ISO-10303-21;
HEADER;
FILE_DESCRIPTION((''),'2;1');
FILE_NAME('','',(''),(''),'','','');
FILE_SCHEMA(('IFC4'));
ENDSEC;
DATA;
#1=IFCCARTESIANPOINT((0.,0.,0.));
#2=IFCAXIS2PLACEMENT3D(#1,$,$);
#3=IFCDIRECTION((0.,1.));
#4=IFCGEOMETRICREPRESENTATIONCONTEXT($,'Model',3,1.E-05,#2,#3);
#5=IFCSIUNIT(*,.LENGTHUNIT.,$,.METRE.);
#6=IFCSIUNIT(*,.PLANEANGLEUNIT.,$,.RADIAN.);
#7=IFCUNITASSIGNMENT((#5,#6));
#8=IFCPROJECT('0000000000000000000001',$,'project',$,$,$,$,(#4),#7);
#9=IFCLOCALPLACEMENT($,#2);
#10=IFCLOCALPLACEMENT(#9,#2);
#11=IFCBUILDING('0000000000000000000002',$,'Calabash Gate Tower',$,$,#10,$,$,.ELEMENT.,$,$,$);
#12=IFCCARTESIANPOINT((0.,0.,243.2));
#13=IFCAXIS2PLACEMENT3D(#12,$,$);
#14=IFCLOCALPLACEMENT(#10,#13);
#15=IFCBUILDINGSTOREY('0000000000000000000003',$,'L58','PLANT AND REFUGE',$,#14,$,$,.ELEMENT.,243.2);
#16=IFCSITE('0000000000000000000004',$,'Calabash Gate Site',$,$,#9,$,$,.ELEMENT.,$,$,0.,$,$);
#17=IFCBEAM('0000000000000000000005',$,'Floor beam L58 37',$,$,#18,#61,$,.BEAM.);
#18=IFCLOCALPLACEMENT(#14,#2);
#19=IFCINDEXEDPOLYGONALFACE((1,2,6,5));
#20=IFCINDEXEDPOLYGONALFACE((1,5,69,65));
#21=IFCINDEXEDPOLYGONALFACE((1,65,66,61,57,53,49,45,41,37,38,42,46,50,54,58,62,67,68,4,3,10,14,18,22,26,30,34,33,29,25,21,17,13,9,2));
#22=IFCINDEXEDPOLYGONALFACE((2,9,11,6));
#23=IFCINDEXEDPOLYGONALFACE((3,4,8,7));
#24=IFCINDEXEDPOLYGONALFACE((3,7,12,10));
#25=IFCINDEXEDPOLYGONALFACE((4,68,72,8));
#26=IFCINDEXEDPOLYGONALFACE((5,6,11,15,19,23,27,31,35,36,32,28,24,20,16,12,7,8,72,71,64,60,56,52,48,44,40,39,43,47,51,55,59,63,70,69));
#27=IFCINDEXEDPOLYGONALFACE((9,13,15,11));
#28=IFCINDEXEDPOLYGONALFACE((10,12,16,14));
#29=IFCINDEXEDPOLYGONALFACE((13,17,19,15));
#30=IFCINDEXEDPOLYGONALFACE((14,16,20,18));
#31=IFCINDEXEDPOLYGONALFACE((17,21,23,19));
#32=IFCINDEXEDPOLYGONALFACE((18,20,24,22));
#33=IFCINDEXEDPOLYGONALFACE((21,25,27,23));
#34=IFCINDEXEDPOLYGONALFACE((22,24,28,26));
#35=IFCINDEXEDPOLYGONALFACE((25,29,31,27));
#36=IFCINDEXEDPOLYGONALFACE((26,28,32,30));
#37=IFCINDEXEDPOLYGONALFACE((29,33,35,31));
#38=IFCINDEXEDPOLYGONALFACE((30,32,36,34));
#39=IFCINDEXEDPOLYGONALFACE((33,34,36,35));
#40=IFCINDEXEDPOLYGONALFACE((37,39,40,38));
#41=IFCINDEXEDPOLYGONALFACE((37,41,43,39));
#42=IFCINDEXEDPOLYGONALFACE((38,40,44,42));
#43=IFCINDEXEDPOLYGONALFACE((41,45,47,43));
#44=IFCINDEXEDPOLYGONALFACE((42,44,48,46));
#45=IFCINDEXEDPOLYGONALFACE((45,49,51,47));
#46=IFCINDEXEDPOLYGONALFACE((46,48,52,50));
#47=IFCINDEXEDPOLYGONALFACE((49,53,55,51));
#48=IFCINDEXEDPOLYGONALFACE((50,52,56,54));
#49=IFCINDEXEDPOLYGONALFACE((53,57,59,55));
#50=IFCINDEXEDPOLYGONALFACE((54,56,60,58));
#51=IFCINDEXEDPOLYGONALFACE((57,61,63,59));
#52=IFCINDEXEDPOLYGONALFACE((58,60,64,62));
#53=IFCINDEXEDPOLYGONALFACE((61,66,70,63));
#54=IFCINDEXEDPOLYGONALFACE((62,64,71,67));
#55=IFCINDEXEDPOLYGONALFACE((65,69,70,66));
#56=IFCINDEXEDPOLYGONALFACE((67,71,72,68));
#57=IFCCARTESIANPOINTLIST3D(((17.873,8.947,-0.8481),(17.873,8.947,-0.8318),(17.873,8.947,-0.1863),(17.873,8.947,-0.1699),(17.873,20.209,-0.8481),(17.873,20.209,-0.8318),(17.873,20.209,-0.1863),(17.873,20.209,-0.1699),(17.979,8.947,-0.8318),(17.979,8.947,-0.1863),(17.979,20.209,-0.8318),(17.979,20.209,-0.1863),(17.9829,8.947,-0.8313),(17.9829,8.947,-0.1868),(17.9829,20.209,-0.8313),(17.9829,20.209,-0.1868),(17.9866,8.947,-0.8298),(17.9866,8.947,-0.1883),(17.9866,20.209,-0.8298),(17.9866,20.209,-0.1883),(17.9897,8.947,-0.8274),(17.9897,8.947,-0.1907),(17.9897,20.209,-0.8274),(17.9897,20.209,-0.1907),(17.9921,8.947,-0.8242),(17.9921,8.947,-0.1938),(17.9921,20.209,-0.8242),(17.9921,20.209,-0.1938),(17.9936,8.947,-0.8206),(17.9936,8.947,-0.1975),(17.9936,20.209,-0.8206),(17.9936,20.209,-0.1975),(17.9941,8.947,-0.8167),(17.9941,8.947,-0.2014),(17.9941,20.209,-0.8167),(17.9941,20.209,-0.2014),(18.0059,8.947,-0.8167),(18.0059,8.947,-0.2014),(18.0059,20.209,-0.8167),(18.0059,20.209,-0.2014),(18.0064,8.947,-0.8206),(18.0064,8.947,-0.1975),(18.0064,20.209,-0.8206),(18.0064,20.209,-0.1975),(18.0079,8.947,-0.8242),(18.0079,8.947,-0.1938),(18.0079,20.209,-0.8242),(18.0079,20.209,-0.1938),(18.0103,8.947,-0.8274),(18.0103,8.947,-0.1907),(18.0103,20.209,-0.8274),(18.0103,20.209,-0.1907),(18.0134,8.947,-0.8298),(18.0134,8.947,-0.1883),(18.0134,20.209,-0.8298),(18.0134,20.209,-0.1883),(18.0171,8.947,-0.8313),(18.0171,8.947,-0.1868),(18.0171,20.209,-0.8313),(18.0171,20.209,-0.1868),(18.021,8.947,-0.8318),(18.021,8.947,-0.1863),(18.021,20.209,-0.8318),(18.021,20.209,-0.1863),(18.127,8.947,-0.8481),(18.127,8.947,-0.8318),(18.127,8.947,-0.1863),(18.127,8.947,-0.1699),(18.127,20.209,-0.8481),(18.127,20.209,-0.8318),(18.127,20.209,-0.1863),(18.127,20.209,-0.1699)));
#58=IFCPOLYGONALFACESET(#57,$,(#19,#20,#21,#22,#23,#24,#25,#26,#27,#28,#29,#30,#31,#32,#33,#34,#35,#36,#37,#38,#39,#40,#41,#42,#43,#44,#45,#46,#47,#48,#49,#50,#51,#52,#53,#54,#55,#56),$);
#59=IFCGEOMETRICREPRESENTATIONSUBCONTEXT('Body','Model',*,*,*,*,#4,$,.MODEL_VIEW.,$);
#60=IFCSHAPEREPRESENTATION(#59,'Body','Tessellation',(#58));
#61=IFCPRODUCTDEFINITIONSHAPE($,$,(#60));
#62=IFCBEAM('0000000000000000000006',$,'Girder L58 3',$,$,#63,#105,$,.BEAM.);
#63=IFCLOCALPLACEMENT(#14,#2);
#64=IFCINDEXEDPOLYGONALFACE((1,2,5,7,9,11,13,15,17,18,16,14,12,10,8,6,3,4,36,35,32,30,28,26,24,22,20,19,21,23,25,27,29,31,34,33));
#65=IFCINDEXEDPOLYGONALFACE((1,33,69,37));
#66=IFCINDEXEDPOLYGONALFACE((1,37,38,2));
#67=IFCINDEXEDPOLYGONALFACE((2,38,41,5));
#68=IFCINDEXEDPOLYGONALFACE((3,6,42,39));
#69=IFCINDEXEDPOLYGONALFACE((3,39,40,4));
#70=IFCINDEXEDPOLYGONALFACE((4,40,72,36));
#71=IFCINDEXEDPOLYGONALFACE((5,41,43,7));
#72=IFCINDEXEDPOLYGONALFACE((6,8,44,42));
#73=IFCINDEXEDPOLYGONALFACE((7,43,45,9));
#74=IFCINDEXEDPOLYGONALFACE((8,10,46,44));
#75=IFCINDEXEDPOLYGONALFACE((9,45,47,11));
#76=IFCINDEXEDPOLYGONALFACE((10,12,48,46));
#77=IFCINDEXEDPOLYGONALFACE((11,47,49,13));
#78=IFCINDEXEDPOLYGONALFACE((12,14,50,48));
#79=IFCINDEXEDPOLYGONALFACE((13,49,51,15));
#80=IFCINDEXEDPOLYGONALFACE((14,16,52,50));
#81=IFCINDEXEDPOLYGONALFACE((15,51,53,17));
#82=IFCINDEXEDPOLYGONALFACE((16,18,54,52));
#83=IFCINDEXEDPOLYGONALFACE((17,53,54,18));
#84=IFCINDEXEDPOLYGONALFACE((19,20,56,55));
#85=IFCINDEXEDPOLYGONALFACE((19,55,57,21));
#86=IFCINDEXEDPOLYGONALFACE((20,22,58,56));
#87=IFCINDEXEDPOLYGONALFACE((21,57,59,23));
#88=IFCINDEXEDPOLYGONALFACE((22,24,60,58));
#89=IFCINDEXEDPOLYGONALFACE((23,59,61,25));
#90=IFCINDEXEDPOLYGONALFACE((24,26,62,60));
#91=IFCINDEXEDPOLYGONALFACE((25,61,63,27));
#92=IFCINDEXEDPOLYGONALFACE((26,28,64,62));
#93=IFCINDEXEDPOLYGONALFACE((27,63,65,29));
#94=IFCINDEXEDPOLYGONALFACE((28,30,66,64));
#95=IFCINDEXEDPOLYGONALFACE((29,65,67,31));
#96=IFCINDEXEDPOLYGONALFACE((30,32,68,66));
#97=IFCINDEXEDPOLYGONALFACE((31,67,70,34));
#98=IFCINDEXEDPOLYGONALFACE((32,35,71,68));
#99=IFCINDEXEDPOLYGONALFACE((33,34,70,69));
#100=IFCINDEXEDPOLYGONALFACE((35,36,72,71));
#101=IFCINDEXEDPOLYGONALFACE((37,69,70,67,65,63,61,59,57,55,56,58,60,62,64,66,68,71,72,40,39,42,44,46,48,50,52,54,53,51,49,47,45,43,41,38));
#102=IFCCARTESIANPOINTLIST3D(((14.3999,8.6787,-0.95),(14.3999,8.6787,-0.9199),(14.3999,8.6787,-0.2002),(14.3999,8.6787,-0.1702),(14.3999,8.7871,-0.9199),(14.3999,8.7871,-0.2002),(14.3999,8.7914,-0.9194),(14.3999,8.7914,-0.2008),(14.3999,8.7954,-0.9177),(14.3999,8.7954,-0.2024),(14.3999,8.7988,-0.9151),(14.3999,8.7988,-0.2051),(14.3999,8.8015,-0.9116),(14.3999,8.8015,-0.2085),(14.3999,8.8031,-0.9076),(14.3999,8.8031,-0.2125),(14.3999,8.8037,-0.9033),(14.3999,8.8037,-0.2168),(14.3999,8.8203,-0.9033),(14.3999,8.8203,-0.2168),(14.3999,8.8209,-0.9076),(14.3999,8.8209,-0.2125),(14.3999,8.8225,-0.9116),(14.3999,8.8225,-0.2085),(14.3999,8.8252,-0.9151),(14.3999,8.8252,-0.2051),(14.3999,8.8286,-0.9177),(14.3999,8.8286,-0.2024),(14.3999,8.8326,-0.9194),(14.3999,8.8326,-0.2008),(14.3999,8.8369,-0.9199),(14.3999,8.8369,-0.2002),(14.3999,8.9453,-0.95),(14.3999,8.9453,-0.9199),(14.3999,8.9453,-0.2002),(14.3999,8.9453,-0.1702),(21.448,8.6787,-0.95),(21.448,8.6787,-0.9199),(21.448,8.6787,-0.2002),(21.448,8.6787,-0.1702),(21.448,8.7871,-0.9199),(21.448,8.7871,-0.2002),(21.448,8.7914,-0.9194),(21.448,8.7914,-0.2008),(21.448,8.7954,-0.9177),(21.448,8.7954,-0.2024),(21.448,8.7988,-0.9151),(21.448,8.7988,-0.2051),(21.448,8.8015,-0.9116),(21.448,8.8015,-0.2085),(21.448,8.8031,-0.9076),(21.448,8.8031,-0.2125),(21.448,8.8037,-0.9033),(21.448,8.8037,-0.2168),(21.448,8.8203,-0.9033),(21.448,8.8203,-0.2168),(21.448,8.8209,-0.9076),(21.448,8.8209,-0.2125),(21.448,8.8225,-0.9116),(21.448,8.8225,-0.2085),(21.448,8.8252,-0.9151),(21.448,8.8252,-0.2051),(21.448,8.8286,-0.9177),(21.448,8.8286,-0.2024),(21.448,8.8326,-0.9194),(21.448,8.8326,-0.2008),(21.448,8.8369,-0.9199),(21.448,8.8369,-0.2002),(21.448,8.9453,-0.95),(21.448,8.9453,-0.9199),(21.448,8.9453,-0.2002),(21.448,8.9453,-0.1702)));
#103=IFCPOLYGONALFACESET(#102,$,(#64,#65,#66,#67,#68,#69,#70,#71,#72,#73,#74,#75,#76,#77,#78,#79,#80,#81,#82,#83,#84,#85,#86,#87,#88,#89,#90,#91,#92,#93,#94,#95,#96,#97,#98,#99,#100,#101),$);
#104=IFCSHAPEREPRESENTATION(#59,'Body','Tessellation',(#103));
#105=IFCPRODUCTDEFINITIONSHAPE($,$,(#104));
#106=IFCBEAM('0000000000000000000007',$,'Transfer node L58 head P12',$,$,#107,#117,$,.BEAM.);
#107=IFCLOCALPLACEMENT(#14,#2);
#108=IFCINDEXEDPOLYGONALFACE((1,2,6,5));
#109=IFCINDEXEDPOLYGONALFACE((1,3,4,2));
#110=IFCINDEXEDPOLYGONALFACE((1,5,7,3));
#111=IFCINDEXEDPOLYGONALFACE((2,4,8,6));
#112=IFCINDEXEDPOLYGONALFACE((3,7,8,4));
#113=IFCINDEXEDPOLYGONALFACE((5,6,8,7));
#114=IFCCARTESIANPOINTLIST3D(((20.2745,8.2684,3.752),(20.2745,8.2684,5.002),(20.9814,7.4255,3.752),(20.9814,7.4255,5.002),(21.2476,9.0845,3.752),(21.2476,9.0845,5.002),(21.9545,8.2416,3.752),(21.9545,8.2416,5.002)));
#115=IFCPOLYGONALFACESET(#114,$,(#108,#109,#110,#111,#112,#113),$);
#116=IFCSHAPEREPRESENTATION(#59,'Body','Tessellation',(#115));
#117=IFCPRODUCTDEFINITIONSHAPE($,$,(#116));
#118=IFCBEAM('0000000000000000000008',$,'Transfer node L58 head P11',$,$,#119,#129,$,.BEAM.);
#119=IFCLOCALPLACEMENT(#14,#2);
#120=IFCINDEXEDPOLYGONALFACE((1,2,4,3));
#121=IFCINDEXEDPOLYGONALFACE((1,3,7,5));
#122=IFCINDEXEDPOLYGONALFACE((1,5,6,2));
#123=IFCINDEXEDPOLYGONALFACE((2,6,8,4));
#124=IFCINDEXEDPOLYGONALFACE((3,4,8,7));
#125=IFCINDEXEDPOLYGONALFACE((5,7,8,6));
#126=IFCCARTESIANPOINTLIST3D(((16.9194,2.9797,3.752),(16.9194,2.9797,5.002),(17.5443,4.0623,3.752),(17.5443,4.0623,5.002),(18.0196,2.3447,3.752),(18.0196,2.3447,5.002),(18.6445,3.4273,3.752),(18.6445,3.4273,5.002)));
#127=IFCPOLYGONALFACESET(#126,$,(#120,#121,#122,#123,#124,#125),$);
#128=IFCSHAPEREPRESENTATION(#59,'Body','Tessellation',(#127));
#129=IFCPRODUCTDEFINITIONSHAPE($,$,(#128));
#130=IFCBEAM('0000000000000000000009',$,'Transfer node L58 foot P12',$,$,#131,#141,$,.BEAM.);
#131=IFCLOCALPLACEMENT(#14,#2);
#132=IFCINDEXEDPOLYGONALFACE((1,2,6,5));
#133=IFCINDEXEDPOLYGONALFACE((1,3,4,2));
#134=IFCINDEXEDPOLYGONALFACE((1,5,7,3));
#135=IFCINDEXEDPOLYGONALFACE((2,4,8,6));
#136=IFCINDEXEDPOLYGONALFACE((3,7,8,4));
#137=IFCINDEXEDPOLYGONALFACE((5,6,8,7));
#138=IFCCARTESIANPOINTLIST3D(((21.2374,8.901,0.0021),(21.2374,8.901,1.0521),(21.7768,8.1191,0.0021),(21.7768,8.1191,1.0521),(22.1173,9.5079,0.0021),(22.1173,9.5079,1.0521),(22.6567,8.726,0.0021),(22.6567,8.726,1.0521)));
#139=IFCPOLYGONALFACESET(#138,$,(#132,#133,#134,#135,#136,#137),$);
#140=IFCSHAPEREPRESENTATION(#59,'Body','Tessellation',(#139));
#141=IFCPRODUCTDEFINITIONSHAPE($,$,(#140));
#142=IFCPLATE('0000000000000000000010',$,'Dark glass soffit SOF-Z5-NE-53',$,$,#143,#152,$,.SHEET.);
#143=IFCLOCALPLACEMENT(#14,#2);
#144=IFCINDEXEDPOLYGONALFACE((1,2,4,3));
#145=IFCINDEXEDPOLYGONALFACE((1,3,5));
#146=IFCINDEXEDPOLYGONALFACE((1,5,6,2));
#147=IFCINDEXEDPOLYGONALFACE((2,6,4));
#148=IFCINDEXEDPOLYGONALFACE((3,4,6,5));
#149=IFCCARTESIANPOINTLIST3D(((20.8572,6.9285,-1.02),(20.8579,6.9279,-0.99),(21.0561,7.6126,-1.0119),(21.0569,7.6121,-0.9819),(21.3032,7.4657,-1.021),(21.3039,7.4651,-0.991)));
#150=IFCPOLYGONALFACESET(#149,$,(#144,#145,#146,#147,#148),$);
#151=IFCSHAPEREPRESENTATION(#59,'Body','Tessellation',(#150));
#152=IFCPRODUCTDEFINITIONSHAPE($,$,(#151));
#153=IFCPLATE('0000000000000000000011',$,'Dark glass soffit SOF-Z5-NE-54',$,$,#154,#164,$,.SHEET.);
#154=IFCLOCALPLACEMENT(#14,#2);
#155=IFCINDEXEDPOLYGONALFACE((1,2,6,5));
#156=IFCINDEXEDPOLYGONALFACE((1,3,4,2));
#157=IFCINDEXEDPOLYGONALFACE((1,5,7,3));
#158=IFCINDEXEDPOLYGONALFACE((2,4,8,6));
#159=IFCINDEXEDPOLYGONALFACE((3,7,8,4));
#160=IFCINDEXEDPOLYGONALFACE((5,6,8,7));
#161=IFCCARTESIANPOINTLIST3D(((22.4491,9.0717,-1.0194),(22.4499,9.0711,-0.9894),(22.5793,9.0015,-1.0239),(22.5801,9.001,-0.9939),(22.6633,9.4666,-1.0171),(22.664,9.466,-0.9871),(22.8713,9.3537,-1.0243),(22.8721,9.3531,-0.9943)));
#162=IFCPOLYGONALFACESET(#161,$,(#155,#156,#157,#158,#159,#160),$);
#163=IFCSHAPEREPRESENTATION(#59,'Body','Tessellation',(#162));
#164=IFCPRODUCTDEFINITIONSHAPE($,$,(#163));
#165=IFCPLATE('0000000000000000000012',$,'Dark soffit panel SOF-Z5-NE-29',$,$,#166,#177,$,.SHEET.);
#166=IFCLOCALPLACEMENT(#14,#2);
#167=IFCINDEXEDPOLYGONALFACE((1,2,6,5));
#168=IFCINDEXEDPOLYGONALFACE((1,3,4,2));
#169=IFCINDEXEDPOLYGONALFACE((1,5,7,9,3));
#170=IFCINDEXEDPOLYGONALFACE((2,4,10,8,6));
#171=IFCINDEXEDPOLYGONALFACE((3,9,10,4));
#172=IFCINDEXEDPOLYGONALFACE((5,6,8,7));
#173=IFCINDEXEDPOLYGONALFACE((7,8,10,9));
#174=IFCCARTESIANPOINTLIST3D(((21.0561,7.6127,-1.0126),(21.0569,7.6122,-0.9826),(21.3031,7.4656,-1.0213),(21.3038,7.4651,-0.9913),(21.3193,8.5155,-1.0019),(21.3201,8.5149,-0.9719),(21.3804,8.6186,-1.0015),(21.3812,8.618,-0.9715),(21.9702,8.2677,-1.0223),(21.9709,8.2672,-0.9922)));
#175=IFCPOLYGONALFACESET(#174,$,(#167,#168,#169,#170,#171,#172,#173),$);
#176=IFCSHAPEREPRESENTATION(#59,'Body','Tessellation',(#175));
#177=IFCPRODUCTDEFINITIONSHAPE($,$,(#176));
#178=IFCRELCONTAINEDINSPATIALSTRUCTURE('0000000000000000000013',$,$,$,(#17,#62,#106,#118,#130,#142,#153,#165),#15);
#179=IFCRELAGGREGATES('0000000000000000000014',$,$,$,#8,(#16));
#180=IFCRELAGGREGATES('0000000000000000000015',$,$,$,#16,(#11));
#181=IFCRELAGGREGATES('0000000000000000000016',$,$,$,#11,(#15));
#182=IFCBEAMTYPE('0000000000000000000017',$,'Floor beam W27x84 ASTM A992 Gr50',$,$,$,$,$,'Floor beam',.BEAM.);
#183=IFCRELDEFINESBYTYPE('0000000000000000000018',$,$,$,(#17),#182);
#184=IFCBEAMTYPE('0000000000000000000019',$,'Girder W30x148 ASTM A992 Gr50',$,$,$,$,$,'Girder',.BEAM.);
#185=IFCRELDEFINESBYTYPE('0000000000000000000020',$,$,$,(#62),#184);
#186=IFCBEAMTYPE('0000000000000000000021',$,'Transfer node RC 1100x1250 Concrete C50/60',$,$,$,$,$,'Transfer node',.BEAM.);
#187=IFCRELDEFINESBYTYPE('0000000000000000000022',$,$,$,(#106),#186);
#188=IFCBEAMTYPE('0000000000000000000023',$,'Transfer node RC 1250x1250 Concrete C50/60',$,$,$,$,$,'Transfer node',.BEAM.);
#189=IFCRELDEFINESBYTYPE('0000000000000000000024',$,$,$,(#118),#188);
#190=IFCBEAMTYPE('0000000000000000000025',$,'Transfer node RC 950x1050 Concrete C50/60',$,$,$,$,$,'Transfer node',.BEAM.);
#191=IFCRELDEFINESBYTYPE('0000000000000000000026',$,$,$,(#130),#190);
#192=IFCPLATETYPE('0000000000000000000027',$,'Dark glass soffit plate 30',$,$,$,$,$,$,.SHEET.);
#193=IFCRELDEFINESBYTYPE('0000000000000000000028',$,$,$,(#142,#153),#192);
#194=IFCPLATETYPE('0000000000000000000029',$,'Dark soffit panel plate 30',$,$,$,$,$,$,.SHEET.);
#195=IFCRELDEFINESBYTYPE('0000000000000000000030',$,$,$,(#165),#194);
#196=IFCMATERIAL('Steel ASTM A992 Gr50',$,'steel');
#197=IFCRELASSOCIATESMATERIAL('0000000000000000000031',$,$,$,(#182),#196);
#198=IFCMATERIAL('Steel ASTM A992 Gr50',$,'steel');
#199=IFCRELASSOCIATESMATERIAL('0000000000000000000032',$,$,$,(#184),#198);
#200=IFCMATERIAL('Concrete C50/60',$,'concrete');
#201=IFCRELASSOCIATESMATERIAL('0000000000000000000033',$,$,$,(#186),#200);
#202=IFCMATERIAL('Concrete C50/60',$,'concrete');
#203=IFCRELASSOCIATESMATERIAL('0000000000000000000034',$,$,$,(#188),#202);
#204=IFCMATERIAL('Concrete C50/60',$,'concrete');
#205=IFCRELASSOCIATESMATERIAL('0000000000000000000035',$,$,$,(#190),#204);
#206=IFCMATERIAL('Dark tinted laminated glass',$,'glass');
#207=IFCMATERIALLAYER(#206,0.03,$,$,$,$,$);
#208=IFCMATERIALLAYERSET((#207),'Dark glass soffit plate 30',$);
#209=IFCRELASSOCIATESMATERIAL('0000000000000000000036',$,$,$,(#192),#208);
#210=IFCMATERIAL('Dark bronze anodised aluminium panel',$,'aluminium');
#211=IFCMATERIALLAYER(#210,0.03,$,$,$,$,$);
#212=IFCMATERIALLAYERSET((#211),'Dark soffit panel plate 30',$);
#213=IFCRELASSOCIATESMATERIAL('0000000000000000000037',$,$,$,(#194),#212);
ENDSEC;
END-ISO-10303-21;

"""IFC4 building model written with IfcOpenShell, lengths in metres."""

from ifc_helpers import new_model, si_unit, direction, frame, origin, origin_2d, place, context, subcontext, project, spatial, polyline, rectangle, i_section, outline, extrude, material, layer, layer_set, material_profile, profile_set, type_object, element, save


model = new_model("IFC4")

# Units and contexts
model_context = context("Model", 3, precision=1e-05, world=origin(), true_north=direction((0.0, 1.0)))
body_context = subcontext(model_context, "Body", "Model", "MODEL_VIEW")
ifc_project = project(units=[si_unit("LENGTHUNIT", "METRE"), si_unit("PLANEANGLEUNIT", "RADIAN")], contexts=[model_context])

# Site, building, storey
site_placement = place(None, origin())
site = spatial("IfcSite", under=ifc_project, at=site_placement, Name="Calabash Gate Site", CompositionType="ELEMENT", RefElevation=0.0)
building_placement = place(site_placement, origin())
building = spatial("IfcBuilding", under=site, at=building_placement, Name="Calabash Gate Tower", CompositionType="ELEMENT")
storey_placement = place(building_placement, frame((0.0, 0.0, 243.2)))
storey = spatial("IfcBuildingStorey", under=building, at=storey_placement, Name="L58", Description="PLANT AND REFUGE", CompositionType="ELEMENT", Elevation=243.2)

# Beams
ifc_material_1 = material(Name="Steel ASTM A992 Gr50", Category="steel")
ifc_material_profile_1 = material_profile(ifc_material_1, i_section(OverallWidth=0.2539, OverallDepth=0.6782, WebThickness=0.0117, FlangeThickness=0.0164, FilletRadius=0.0151, at=origin_2d()))
ifc_profile_set_1 = profile_set([ifc_material_profile_1], Name="Steel ASTM A992 Gr50")
beam_type_1 = type_object("IfcBeamType", Name="Floor beam W27x84 ASTM A992 Gr50", ElementType="Floor beam", PredefinedType="BEAM", material=ifc_profile_set_1)
beam_1_placement = place(storey_placement, frame((18.0, 8.947, -0.509), z_axis=(0.0, 1.0, 0.0), x_axis=(-1.0, 0.0, 0.0)))
element("IfcBeam", 1, at=beam_1_placement, inside=storey, type_object=beam_type_1, Name="Floor beam L58 37", PredefinedType="BEAM", context=body_context, shape_type="SweptSolid", body=[
    extrude(i_section(OverallWidth=0.2539, OverallDepth=0.6782, WebThickness=0.0117, FlangeThickness=0.0164, FilletRadius=0.0151, at=origin_2d()), origin(), (0.0, 0.0, 1.0), 11.262),
])
ifc_material_2 = material(Name="Steel ASTM A992 Gr50", Category="steel")
ifc_material_profile_2 = material_profile(ifc_material_2, i_section(OverallWidth=0.2666, OverallDepth=0.7798, WebThickness=0.0166, FlangeThickness=0.03, FilletRadius=0.0166, at=origin_2d()))
ifc_profile_set_2 = profile_set([ifc_material_profile_2], Name="Steel ASTM A992 Gr50")
beam_type_2 = type_object("IfcBeamType", Name="Girder W30x148 ASTM A992 Gr50", ElementType="Girder", PredefinedType="BEAM", material=ifc_profile_set_2)
beam_2_placement = place(storey_placement, frame((21.448, 8.812, -0.5601), z_axis=(-1.0, 0.0, 0.0), x_axis=(0.0, -1.0, 0.0)))
element("IfcBeam", 2, at=beam_2_placement, inside=storey, type_object=beam_type_2, Name="Girder L58 3", PredefinedType="BEAM", context=body_context, shape_type="SweptSolid", body=[
    extrude(i_section(OverallWidth=0.2666, OverallDepth=0.7798, WebThickness=0.0166, FlangeThickness=0.03, FilletRadius=0.0166, at=origin_2d()), origin(), (0.0, 0.0, 1.0), 7.0481),
])
ifc_material_3 = material(Name="Concrete C50/60", Category="concrete")
ifc_material_profile_3 = material_profile(ifc_material_3, rectangle(XDim=1.1001, YDim=1.25, at=origin_2d()))
ifc_profile_set_3 = profile_set([ifc_material_profile_3], Name="Concrete C50/60")
beam_type_3 = type_object("IfcBeamType", Name="Transfer node RC 1100x1250 Concrete C50/60", ElementType="Transfer node", PredefinedType="BEAM", material=ifc_profile_set_3)
beam_3_placement = place(storey_placement, frame((20.6279, 7.8469, 4.377), z_axis=(0.766201, 0.642601, 0.0), x_axis=(-0.642601, 0.766201, 0.0)))
element("IfcBeam", 3, at=beam_3_placement, inside=storey, type_object=beam_type_3, Name="Transfer node L58 head P12", PredefinedType="BEAM", context=body_context, shape_type="SweptSolid", body=[
    extrude(rectangle(XDim=1.1001, YDim=1.25, at=origin_2d()), origin(), (0.0, 0.0, 1.0), 1.27),
])
ifc_material_4 = material(Name="Concrete C50/60", Category="concrete")
ifc_material_profile_4 = material_profile(ifc_material_4, rectangle(XDim=1.25, YDim=1.25, at=origin_2d()))
ifc_profile_set_4 = profile_set([ifc_material_profile_4], Name="Concrete C50/60")
beam_type_4 = type_object("IfcBeamType", Name="Transfer node RC 1250x1250 Concrete C50/60", ElementType="Transfer node", PredefinedType="BEAM", material=ifc_profile_set_4)
beam_4_placement = place(storey_placement, frame((18.332, 2.886, 4.377), z_axis=(-0.86607, 0.499922, 0.0), x_axis=(-0.499922, -0.86607, 0.0)))
element("IfcBeam", 4, at=beam_4_placement, inside=storey, type_object=beam_type_4, Name="Transfer node L58 head P11", PredefinedType="BEAM", context=body_context, shape_type="SweptSolid", body=[
    extrude(rectangle(XDim=1.25, YDim=1.25, at=origin_2d()), origin(), (0.0, 0.0, 1.0), 1.2703),
])
ifc_material_5 = material(Name="Concrete C50/60", Category="concrete")
ifc_material_profile_5 = material_profile(ifc_material_5, rectangle(XDim=0.95, YDim=1.05, at=origin_2d()))
ifc_profile_set_5 = profile_set([ifc_material_profile_5], Name="Concrete C50/60")
beam_type_5 = type_object("IfcBeamType", Name="Transfer node RC 950x1050 Concrete C50/60", ElementType="Transfer node", PredefinedType="BEAM", material=ifc_profile_set_5)
beam_5_placement = place(storey_placement, frame((22.387, 9.1169, 0.5271), z_axis=(-0.823161, -0.567808, 0.0), x_axis=(0.567808, -0.823161, 0.0)))
element("IfcBeam", 5, at=beam_5_placement, inside=storey, type_object=beam_type_5, Name="Transfer node L58 foot P12", PredefinedType="BEAM", context=body_context, shape_type="SweptSolid", body=[
    extrude(rectangle(XDim=0.95, YDim=1.05, at=origin_2d()), origin(), (0.0, 0.0, 1.0), 1.0688),
])

# Plates
ifc_material_6 = material(Name="Dark tinted laminated glass", Category="glass")
ifc_layer_1 = layer(ifc_material_6, 0.03)
ifc_layer_set_1 = layer_set([ifc_layer_1], Name="Dark glass soffit plate 30")
plate_type_1 = type_object("IfcPlateType", Name="Dark glass soffit plate 30", PredefinedType="SHEET", material=ifc_layer_set_1)
plate_1_placement = place(storey_placement, frame((21.0569, 7.6121, -0.9819), z_axis=(0.025183, -0.019096, 0.9995), x_axis=(0.859011, -0.510993, -0.031407)))
element("IfcPlate", 6, at=plate_1_placement, inside=storey, type_object=plate_type_1, Name="Dark glass soffit SOF-Z5-NE-53", PredefinedType="SHEET", context=body_context, shape_type="SweptSolid", body=[
    extrude(outline(polyline([(0.0, 0.0), (0.2876, 0.0), (0.179, -0.6897), (0.0, 0.0)])), origin(), (0.0, 0.0, -1.0), 0.03),
])
plate_2_placement = place(storey_placement, frame((22.5801, 9.001, -0.9939), z_axis=(0.024308, -0.019081, 0.999522), x_axis=(-0.880056, 0.473892, 0.030449)))
element("IfcPlate", 7, at=plate_2_placement, inside=storey, type_object=plate_type_1, Name="Dark glass soffit SOF-Z5-NE-54", PredefinedType="SHEET", context=body_context, shape_type="SweptSolid", body=[
    extrude(outline(polyline([(0.0, 0.0), (0.1479, 0.0), (0.1467, -0.4492), (-0.0901, -0.4485), (0.0, 0.0)])), origin(), (0.0, 0.0, -1.0), 0.03),
])
ifc_material_7 = material(Name="Dark bronze anodised aluminium panel", Category="aluminium")
ifc_layer_2 = layer(ifc_material_7, 0.03)
ifc_layer_set_2 = layer_set([ifc_layer_2], Name="Dark soffit panel plate 30")
plate_type_2 = type_object("IfcPlateType", Name="Dark soffit panel plate 30", PredefinedType="SHEET", material=ifc_layer_set_2)
plate_3_placement = place(storey_placement, frame((21.3201, 8.5149, -0.9719), z_axis=(0.024041, -0.018828, 0.999534), x_axis=(0.509577, 0.860416, 0.003952)))
element("IfcPlate", 8, at=plate_3_placement, inside=storey, type_object=plate_type_2, Name="Dark soffit panel SOF-Z5-NE-29", PredefinedType="SHEET", context=body_context, shape_type="SweptSolid", body=[
    extrude(outline(polyline([(0.0, 0.0), (0.1199, 0.0), (0.1184, -0.6865), (-0.9116, -0.5212), (-0.9109, -0.2336), (0.0, 0.0)])), origin(), (0.0, 0.0, -1.0), 0.03),
])

save(model, "model.ifc")
